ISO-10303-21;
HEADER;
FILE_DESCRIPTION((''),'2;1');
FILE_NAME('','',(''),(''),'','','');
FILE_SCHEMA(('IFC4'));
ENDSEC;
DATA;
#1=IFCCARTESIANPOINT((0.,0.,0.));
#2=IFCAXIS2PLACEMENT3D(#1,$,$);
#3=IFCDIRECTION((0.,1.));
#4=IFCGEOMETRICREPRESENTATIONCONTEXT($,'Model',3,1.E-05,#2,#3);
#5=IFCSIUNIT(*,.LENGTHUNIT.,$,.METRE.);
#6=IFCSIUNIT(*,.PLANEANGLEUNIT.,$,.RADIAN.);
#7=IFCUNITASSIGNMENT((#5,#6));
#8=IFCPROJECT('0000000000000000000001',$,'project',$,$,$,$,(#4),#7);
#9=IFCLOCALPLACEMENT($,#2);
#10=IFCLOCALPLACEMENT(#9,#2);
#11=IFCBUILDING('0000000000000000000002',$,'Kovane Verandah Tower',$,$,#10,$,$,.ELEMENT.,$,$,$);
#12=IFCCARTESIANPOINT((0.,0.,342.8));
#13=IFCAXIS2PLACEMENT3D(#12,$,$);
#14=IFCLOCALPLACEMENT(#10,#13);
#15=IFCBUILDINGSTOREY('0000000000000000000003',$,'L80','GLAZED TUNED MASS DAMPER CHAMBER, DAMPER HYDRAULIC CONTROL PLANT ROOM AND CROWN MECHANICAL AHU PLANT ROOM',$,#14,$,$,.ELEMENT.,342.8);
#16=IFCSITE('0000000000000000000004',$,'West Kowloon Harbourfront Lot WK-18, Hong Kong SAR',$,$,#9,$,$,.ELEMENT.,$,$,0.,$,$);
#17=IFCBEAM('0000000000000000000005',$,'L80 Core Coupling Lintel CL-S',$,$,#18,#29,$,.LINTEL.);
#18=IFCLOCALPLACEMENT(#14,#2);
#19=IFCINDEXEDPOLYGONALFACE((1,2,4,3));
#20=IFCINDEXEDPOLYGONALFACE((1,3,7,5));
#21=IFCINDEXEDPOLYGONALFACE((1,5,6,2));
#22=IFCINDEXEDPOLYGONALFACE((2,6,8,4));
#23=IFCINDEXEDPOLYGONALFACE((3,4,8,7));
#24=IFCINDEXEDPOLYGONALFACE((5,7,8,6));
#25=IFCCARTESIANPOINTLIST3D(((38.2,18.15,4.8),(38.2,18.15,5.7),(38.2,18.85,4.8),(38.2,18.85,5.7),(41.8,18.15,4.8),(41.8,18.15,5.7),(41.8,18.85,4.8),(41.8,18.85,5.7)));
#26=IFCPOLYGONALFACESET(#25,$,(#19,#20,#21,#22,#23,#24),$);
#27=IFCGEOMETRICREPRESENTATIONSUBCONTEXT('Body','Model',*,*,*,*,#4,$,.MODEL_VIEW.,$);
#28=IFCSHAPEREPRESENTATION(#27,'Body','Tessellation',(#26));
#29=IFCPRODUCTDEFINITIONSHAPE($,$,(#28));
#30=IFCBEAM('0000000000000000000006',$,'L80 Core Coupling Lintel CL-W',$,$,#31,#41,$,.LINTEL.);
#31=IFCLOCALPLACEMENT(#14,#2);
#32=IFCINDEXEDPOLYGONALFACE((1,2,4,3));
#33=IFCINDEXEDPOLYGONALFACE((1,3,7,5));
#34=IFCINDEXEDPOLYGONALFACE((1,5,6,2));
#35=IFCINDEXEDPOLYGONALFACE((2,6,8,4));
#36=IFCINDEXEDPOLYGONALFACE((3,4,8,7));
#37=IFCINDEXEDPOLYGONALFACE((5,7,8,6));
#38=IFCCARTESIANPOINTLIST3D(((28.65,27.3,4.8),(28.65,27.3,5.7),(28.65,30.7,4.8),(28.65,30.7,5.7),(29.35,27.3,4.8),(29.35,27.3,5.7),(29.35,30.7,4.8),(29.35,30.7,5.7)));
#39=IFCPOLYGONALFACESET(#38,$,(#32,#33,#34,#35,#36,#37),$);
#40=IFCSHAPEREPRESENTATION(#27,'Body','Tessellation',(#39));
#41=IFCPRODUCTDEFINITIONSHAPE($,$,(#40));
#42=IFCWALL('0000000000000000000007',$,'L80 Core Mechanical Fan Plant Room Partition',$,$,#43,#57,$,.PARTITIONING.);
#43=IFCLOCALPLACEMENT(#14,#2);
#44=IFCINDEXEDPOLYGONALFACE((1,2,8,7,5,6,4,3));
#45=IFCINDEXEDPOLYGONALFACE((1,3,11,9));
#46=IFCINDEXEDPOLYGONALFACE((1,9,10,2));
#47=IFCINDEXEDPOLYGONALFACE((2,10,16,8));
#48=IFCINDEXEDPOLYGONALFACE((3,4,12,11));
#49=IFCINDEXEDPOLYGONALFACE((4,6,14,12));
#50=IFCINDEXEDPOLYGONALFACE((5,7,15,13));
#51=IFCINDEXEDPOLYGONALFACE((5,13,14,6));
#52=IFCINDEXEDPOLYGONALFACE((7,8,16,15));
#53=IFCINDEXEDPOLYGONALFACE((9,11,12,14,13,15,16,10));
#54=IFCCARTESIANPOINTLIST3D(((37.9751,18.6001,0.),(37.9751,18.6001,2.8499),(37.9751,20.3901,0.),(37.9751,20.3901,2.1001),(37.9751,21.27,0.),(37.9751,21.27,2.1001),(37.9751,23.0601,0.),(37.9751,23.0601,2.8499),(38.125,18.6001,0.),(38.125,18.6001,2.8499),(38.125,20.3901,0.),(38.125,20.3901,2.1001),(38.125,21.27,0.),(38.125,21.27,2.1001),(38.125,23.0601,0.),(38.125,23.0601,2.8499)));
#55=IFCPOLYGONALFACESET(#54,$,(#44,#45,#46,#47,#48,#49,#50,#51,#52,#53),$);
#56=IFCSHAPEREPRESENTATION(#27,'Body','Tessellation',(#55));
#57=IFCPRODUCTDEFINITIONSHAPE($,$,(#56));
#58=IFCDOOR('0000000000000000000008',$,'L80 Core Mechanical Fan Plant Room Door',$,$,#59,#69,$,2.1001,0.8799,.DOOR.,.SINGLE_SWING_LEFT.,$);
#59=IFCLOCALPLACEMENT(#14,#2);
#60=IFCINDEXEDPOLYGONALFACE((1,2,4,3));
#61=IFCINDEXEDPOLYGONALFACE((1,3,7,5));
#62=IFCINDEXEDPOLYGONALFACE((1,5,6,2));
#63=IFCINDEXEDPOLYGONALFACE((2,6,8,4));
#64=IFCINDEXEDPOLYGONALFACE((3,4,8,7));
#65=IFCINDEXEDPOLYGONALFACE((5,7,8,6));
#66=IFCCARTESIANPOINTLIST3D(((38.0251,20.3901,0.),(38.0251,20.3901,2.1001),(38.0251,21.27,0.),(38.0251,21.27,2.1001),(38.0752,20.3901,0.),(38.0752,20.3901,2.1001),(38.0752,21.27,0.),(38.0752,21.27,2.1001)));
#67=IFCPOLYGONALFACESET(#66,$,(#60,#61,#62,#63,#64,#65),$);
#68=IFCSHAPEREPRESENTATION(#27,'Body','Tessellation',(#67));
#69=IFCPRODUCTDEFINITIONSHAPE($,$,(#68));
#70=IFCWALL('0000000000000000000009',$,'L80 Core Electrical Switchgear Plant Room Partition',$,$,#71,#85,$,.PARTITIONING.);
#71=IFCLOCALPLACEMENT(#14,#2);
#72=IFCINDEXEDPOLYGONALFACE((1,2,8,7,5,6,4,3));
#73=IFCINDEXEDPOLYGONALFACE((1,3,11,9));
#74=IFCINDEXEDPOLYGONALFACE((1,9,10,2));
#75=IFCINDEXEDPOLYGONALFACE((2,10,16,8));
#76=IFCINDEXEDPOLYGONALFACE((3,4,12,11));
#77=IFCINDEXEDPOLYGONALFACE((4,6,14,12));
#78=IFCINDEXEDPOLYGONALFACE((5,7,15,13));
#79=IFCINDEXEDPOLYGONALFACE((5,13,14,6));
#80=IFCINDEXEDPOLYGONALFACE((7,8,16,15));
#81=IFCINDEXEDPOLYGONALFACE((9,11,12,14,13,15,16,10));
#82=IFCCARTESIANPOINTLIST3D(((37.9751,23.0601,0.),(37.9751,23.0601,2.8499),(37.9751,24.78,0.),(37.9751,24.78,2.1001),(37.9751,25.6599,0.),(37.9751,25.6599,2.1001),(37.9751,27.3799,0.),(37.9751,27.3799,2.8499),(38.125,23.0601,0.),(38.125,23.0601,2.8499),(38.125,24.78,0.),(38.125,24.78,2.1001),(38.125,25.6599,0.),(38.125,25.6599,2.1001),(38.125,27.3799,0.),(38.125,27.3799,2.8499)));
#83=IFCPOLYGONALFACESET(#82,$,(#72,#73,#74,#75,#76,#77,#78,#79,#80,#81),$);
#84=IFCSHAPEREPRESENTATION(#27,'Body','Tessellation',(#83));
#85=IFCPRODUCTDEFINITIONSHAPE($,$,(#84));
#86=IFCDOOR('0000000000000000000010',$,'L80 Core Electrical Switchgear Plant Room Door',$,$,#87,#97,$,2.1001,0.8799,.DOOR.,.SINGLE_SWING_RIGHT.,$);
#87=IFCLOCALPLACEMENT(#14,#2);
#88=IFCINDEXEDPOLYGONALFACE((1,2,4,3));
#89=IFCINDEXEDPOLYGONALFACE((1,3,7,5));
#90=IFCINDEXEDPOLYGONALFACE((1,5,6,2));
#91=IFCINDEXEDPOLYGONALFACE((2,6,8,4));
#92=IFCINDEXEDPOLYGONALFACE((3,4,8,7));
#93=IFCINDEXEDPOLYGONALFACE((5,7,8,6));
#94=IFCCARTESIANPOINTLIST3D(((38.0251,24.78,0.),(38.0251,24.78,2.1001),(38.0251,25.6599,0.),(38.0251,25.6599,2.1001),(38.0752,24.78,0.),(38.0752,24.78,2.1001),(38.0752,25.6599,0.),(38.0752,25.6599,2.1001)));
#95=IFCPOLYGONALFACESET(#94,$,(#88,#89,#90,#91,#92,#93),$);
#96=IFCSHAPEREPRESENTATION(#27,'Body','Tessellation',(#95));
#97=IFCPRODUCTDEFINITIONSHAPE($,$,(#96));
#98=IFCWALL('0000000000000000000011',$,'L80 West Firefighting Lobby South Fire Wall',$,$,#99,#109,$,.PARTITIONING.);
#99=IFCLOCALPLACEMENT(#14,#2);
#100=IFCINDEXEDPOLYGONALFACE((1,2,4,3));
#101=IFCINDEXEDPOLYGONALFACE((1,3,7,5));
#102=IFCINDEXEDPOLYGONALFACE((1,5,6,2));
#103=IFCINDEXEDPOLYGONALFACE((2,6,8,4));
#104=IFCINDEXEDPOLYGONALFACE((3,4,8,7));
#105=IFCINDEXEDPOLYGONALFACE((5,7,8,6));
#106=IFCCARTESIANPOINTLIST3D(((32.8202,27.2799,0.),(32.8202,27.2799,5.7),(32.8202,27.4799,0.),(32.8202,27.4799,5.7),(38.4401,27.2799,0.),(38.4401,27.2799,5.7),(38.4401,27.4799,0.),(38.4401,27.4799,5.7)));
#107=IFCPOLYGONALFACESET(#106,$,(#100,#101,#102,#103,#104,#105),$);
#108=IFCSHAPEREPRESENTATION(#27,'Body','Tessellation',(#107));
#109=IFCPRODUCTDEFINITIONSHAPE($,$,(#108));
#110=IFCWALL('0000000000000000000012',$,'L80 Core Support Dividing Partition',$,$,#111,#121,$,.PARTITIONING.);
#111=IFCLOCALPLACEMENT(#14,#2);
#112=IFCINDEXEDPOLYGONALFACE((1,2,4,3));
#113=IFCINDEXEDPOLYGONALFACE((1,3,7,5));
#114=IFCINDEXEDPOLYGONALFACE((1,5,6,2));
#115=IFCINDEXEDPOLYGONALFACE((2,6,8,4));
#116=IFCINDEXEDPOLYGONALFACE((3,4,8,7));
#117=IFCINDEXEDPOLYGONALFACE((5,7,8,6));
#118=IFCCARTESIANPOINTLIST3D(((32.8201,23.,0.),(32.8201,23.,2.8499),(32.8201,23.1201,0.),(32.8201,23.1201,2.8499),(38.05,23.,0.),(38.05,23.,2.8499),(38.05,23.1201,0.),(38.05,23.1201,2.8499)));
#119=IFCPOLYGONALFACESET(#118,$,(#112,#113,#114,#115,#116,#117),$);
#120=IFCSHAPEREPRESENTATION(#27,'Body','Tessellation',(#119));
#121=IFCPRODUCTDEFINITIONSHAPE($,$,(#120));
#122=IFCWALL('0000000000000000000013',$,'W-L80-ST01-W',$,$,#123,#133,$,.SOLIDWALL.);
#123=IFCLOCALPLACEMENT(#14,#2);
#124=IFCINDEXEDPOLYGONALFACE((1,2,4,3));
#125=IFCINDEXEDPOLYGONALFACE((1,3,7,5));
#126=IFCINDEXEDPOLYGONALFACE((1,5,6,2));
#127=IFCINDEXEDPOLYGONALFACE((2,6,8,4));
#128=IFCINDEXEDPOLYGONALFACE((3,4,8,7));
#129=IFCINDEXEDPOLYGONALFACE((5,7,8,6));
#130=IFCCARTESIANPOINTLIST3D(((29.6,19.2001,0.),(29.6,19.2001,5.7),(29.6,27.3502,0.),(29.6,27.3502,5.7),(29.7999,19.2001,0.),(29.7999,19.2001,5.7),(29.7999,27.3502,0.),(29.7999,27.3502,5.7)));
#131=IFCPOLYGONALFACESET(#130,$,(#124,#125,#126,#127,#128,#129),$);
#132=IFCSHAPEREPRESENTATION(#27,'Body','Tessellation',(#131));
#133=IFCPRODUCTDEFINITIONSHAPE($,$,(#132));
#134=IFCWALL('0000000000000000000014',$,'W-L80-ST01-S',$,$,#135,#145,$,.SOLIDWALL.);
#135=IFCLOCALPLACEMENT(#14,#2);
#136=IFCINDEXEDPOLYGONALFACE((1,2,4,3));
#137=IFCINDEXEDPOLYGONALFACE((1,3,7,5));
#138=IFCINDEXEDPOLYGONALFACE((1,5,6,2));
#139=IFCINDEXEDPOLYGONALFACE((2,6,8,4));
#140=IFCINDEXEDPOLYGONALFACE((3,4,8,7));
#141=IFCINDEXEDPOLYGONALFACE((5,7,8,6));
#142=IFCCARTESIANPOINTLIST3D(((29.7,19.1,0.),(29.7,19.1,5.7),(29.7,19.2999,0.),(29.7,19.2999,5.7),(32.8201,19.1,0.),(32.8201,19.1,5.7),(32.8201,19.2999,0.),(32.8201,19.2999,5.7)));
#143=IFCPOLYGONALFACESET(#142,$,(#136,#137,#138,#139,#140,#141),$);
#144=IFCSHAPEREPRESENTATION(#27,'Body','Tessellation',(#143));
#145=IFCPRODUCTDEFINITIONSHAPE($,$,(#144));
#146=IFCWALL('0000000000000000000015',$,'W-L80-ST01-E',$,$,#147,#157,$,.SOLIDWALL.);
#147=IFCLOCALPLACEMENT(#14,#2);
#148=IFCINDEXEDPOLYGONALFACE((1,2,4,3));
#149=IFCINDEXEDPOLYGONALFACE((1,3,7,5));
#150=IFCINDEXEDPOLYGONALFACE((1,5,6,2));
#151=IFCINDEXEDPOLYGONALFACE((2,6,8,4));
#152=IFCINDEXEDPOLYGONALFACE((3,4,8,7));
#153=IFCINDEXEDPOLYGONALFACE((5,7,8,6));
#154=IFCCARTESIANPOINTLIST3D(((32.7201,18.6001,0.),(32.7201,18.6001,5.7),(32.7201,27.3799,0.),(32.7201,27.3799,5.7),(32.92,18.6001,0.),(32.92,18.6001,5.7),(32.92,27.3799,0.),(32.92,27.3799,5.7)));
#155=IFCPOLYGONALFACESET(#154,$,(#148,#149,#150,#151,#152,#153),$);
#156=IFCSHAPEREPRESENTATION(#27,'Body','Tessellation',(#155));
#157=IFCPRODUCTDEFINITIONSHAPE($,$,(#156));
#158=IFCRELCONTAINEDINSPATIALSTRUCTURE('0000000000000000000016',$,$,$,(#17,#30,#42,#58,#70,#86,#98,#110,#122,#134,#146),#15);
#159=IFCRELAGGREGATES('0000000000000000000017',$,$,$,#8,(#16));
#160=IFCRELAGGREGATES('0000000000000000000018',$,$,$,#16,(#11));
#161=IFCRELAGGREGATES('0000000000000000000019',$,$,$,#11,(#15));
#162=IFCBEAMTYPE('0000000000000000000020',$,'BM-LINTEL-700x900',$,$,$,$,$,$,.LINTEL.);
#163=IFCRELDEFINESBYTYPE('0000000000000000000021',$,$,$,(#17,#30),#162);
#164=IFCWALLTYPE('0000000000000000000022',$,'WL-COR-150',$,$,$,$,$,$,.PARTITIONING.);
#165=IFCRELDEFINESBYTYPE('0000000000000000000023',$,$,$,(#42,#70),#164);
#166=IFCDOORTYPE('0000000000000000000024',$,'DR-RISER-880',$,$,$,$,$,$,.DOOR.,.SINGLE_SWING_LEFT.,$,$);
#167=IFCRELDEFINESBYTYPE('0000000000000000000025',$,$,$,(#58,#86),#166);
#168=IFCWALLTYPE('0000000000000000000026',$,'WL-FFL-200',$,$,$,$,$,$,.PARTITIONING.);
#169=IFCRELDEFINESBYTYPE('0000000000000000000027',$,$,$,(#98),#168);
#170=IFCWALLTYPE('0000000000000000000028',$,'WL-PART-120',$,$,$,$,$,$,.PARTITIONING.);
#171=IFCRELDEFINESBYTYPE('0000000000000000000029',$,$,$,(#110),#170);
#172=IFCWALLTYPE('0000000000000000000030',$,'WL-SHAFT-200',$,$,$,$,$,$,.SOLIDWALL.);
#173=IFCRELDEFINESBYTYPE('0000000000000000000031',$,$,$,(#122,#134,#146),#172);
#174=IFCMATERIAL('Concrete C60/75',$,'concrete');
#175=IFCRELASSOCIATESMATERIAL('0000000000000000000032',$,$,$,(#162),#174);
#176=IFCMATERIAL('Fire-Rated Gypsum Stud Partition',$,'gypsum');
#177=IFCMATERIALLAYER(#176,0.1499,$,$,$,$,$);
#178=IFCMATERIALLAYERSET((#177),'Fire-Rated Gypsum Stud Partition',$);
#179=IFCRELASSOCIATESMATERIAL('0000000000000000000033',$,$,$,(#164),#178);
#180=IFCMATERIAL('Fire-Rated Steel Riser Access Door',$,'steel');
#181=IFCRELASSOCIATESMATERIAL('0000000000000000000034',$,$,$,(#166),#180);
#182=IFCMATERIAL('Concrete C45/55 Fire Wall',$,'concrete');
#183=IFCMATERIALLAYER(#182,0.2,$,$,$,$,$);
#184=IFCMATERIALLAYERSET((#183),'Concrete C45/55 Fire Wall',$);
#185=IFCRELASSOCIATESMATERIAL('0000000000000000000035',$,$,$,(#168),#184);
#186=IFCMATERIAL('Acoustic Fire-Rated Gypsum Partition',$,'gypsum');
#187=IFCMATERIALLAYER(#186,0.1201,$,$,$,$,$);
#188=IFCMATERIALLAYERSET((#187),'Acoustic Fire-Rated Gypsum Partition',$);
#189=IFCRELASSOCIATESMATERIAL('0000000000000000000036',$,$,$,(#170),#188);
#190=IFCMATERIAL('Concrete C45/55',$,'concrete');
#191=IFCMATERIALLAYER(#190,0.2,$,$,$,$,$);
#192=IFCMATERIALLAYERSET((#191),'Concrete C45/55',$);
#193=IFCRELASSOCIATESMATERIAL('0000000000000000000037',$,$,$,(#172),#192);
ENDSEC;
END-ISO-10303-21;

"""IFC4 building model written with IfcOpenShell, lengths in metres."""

from ifc_helpers import new_model, si_unit, direction, frame, frame_2d, origin, origin_2d, place, context, subcontext, project, spatial, rectangle, extrude, material, layer, layer_set, material_profile, profile_set, type_object, element, fill, save


model = new_model("IFC4")

# Units and contexts
model_context = context("Model", 3, precision=1e-05, world=origin(), true_north=direction((0.0, 1.0)))
body_context = subcontext(model_context, "Body", "Model", "MODEL_VIEW")
ifc_project = project(units=[si_unit("LENGTHUNIT", "METRE"), si_unit("PLANEANGLEUNIT", "RADIAN")], contexts=[model_context])

# Site, building, storey
site_placement = place(None, origin())
site = spatial("IfcSite", under=ifc_project, at=site_placement, Name="West Kowloon Harbourfront Lot WK-18, Hong Kong SAR", CompositionType="ELEMENT", RefElevation=0.0)
building_placement = place(site_placement, origin())
building = spatial("IfcBuilding", under=site, at=building_placement, Name="Kovane Verandah Tower", CompositionType="ELEMENT")
storey_placement = place(building_placement, frame((0.0, 0.0, 342.8)))
storey = spatial("IfcBuildingStorey", under=building, at=storey_placement, Name="L80", Description="GLAZED TUNED MASS DAMPER CHAMBER, DAMPER HYDRAULIC CONTROL PLANT ROOM AND CROWN MECHANICAL AHU PLANT ROOM", CompositionType="ELEMENT", Elevation=342.8)

# Beams
ifc_material_1 = material(Name="Concrete C60/75", Category="concrete")
ifc_material_profile = material_profile(ifc_material_1, rectangle(XDim=0.7, YDim=0.8999, at=origin_2d()), Name="RCB700x900")
ifc_profile_set = profile_set([ifc_material_profile], Name="Concrete C60/75")
beam_type = type_object("IfcBeamType", Name="BM-LINTEL-700x900", PredefinedType="LINTEL", material=ifc_profile_set)
beam_1_placement = place(storey_placement, frame((38.2, 18.5, 5.25), z_axis=(1.0, 0.0, 0.0), x_axis=(0.0, 1.0, 0.0)))
element("IfcBeam", 1, at=beam_1_placement, inside=storey, type_object=beam_type, Name="L80 Core Coupling Lintel CL-S", PredefinedType="LINTEL", context=body_context, shape_type="SweptSolid", body=[
    extrude(rectangle(XDim=0.7, YDim=0.8999, at=origin_2d()), origin(), (0.0, 0.0, 1.0), 3.6001),
])
beam_2_placement = place(storey_placement, frame((29.0, 27.3, 5.25), z_axis=(0.0, 1.0, 0.0), x_axis=(-1.0, 0.0, 0.0)))
element("IfcBeam", 2, at=beam_2_placement, inside=storey, type_object=beam_type, Name="L80 Core Coupling Lintel CL-W", PredefinedType="LINTEL", context=body_context, shape_type="SweptSolid", body=[
    extrude(rectangle(XDim=0.7, YDim=0.8999, at=origin_2d()), origin(), (0.0, 0.0, 1.0), 3.3999),
])

# Walls, openings, doors
ifc_material_2 = material(Name="Fire-Rated Gypsum Stud Partition", Category="gypsum")
ifc_layer_1 = layer(ifc_material_2, 0.1499)
ifc_layer_set_1 = layer_set([ifc_layer_1], Name="Fire-Rated Gypsum Stud Partition")
wall_type_1 = type_object("IfcWallType", Name="WL-COR-150", PredefinedType="PARTITIONING", material=ifc_layer_set_1)
wall_1_placement = place(storey_placement, frame((38.05, 18.6001, 0.0), z_axis=(0.0, 0.0, 1.0), x_axis=(0.0, 1.0, 0.0)))
wall_1 = element("IfcWall", 3, at=wall_1_placement, inside=storey, type_object=wall_type_1, Name="L80 Core Mechanical Fan Plant Room Partition", PredefinedType="PARTITIONING", context=body_context, shape_type="SweptSolid", body=[
    extrude(rectangle(XDim=4.46, YDim=0.1499, at=frame_2d((2.23, 0.0))), origin(), (0.0, 0.0, 1.0), 2.8499),
])
opening_1_placement = place(wall_1_placement, frame((1.79, 0.0, 0.0)))
opening_1 = element("IfcOpeningElement", 4, at=opening_1_placement, cuts=wall_1, PredefinedType="OPENING", context=body_context, shape_type="SweptSolid", body=[
    extrude(rectangle(XDim=0.8799, YDim=2.1001, at=frame_2d((0.4399, 1.05))), frame((0.0, 0.075, 0.0), z_axis=(0.0, -1.0, 0.0), x_axis=(1.0, 0.0, 0.0)), (0.0, 0.0, 1.0), 0.1499),
])
ifc_material_3 = material(Name="Fire-Rated Steel Riser Access Door", Category="steel")
door_type_1 = type_object("IfcDoorType", Name="DR-RISER-880", OperationType="SINGLE_SWING_LEFT", PredefinedType="DOOR", material=ifc_material_3)
door_1_placement = place(opening_1_placement, origin())
door_1 = element("IfcDoor", 5, at=door_1_placement, inside=storey, type_object=door_type_1, Name="L80 Core Mechanical Fan Plant Room Door", OperationType="SINGLE_SWING_LEFT", OverallHeight=2.1001, OverallWidth=0.8799, PredefinedType="DOOR", context=body_context, shape_type="SweptSolid", body=[
    extrude(rectangle(XDim=0.8799, YDim=2.1001, at=frame_2d((0.4399, 1.05))), frame((0.0, 0.0249, 0.0), z_axis=(0.0, -1.0, 0.0), x_axis=(1.0, 0.0, 0.0)), (0.0, 0.0, 1.0), 0.05),
])
fill(opening_1, door_1)
wall_2_placement = place(storey_placement, frame((38.05, 23.0601, 0.0), z_axis=(0.0, 0.0, 1.0), x_axis=(0.0, 1.0, 0.0)))
wall_2 = element("IfcWall", 6, at=wall_2_placement, inside=storey, type_object=wall_type_1, Name="L80 Core Electrical Switchgear Plant Room Partition", PredefinedType="PARTITIONING", context=body_context, shape_type="SweptSolid", body=[
    extrude(rectangle(XDim=4.3198, YDim=0.1499, at=frame_2d((2.1599, 0.0))), origin(), (0.0, 0.0, 1.0), 2.8499),
])
opening_2_placement = place(wall_2_placement, frame((1.72, 0.0, 0.0)))
opening_2 = element("IfcOpeningElement", 7, at=opening_2_placement, cuts=wall_2, PredefinedType="OPENING", context=body_context, shape_type="SweptSolid", body=[
    extrude(rectangle(XDim=0.8799, YDim=2.1001, at=frame_2d((0.4399, 1.05))), frame((0.0, 0.075, 0.0), z_axis=(0.0, -1.0, 0.0), x_axis=(1.0, 0.0, 0.0)), (0.0, 0.0, 1.0), 0.1499),
])
door_2_placement = place(opening_2_placement, origin())
door_2 = element("IfcDoor", 8, at=door_2_placement, inside=storey, type_object=door_type_1, Name="L80 Core Electrical Switchgear Plant Room Door", OperationType="SINGLE_SWING_RIGHT", OverallHeight=2.1001, OverallWidth=0.8799, PredefinedType="DOOR", context=body_context, shape_type="SweptSolid", body=[
    extrude(rectangle(XDim=0.8799, YDim=2.1001, at=frame_2d((0.4399, 1.05))), frame((0.0, 0.0249, 0.0), z_axis=(0.0, -1.0, 0.0), x_axis=(1.0, 0.0, 0.0)), (0.0, 0.0, 1.0), 0.05),
])
fill(opening_2, door_2)
ifc_material_4 = material(Name="Concrete C45/55 Fire Wall", Category="concrete")
ifc_layer_2 = layer(ifc_material_4, 0.2)
ifc_layer_set_2 = layer_set([ifc_layer_2], Name="Concrete C45/55 Fire Wall")
wall_type_2 = type_object("IfcWallType", Name="WL-FFL-200", PredefinedType="PARTITIONING", material=ifc_layer_set_2)

# Walls
wall_3_placement = place(storey_placement, frame((32.8201, 27.3799, 0.0), z_axis=(0.0, 0.0, 1.0), x_axis=(1.0, 0.0, 0.0)))
element("IfcWall", 9, at=wall_3_placement, inside=storey, type_object=wall_type_2, Name="L80 West Firefighting Lobby South Fire Wall", PredefinedType="PARTITIONING", context=body_context, shape_type="SweptSolid", body=[
    extrude(rectangle(XDim=5.6199, YDim=0.2, at=frame_2d((2.8101, 0.0))), origin(), (0.0, 0.0, 1.0), 5.7),
])
ifc_material_5 = material(Name="Acoustic Fire-Rated Gypsum Partition", Category="gypsum")
ifc_layer_3 = layer(ifc_material_5, 0.1201)
ifc_layer_set_3 = layer_set([ifc_layer_3], Name="Acoustic Fire-Rated Gypsum Partition")
wall_type_3 = type_object("IfcWallType", Name="WL-PART-120", PredefinedType="PARTITIONING", material=ifc_layer_set_3)
wall_4_placement = place(storey_placement, frame((32.8201, 23.0601, 0.0), z_axis=(0.0, 0.0, 1.0), x_axis=(1.0, 0.0, 0.0)))
element("IfcWall", 10, at=wall_4_placement, inside=storey, type_object=wall_type_3, Name="L80 Core Support Dividing Partition", PredefinedType="PARTITIONING", context=body_context, shape_type="SweptSolid", body=[
    extrude(rectangle(XDim=5.23, YDim=0.1201, at=frame_2d((2.615, 0.0))), origin(), (0.0, 0.0, 1.0), 2.8499),
])
ifc_material_6 = material(Name="Concrete C45/55", Category="concrete")
ifc_layer_4 = layer(ifc_material_6, 0.2)
ifc_layer_set_4 = layer_set([ifc_layer_4], Name="Concrete C45/55")
wall_type_4 = type_object("IfcWallType", Name="WL-SHAFT-200", PredefinedType="SOLIDWALL", material=ifc_layer_set_4)
wall_5_placement = place(storey_placement, frame((29.7, 19.2, 0.0), z_axis=(0.0, 0.0, 1.0), x_axis=(0.0, 1.0, 0.0)))
element("IfcWall", 11, at=wall_5_placement, inside=storey, type_object=wall_type_4, Name="W-L80-ST01-W", PredefinedType="SOLIDWALL", context=body_context, shape_type="SweptSolid", body=[
    extrude(rectangle(XDim=8.1501, YDim=0.2, at=frame_2d((4.0752, 0.0))), origin(), (0.0, 0.0, 1.0), 5.7),
])
wall_6_placement = place(storey_placement, frame((29.7, 19.2, 0.0), z_axis=(0.0, 0.0, 1.0), x_axis=(1.0, 0.0, 0.0)))
element("IfcWall", 12, at=wall_6_placement, inside=storey, type_object=wall_type_4, Name="W-L80-ST01-S", PredefinedType="SOLIDWALL", context=body_context, shape_type="SweptSolid", body=[
    extrude(rectangle(XDim=3.1201, YDim=0.2, at=frame_2d((1.5601, 0.0))), origin(), (0.0, 0.0, 1.0), 5.7),
])
wall_7_placement = place(storey_placement, frame((32.8201, 18.6001, 0.0), z_axis=(0.0, 0.0, 1.0), x_axis=(0.0, 1.0, 0.0)))
element("IfcWall", 13, at=wall_7_placement, inside=storey, type_object=wall_type_4, Name="W-L80-ST01-E", PredefinedType="SOLIDWALL", context=body_context, shape_type="SweptSolid", body=[
    extrude(rectangle(XDim=8.7798, YDim=0.2, at=frame_2d((4.3899, 0.0))), origin(), (0.0, 0.0, 1.0), 5.7),
])

save(model, "model.ifc")
